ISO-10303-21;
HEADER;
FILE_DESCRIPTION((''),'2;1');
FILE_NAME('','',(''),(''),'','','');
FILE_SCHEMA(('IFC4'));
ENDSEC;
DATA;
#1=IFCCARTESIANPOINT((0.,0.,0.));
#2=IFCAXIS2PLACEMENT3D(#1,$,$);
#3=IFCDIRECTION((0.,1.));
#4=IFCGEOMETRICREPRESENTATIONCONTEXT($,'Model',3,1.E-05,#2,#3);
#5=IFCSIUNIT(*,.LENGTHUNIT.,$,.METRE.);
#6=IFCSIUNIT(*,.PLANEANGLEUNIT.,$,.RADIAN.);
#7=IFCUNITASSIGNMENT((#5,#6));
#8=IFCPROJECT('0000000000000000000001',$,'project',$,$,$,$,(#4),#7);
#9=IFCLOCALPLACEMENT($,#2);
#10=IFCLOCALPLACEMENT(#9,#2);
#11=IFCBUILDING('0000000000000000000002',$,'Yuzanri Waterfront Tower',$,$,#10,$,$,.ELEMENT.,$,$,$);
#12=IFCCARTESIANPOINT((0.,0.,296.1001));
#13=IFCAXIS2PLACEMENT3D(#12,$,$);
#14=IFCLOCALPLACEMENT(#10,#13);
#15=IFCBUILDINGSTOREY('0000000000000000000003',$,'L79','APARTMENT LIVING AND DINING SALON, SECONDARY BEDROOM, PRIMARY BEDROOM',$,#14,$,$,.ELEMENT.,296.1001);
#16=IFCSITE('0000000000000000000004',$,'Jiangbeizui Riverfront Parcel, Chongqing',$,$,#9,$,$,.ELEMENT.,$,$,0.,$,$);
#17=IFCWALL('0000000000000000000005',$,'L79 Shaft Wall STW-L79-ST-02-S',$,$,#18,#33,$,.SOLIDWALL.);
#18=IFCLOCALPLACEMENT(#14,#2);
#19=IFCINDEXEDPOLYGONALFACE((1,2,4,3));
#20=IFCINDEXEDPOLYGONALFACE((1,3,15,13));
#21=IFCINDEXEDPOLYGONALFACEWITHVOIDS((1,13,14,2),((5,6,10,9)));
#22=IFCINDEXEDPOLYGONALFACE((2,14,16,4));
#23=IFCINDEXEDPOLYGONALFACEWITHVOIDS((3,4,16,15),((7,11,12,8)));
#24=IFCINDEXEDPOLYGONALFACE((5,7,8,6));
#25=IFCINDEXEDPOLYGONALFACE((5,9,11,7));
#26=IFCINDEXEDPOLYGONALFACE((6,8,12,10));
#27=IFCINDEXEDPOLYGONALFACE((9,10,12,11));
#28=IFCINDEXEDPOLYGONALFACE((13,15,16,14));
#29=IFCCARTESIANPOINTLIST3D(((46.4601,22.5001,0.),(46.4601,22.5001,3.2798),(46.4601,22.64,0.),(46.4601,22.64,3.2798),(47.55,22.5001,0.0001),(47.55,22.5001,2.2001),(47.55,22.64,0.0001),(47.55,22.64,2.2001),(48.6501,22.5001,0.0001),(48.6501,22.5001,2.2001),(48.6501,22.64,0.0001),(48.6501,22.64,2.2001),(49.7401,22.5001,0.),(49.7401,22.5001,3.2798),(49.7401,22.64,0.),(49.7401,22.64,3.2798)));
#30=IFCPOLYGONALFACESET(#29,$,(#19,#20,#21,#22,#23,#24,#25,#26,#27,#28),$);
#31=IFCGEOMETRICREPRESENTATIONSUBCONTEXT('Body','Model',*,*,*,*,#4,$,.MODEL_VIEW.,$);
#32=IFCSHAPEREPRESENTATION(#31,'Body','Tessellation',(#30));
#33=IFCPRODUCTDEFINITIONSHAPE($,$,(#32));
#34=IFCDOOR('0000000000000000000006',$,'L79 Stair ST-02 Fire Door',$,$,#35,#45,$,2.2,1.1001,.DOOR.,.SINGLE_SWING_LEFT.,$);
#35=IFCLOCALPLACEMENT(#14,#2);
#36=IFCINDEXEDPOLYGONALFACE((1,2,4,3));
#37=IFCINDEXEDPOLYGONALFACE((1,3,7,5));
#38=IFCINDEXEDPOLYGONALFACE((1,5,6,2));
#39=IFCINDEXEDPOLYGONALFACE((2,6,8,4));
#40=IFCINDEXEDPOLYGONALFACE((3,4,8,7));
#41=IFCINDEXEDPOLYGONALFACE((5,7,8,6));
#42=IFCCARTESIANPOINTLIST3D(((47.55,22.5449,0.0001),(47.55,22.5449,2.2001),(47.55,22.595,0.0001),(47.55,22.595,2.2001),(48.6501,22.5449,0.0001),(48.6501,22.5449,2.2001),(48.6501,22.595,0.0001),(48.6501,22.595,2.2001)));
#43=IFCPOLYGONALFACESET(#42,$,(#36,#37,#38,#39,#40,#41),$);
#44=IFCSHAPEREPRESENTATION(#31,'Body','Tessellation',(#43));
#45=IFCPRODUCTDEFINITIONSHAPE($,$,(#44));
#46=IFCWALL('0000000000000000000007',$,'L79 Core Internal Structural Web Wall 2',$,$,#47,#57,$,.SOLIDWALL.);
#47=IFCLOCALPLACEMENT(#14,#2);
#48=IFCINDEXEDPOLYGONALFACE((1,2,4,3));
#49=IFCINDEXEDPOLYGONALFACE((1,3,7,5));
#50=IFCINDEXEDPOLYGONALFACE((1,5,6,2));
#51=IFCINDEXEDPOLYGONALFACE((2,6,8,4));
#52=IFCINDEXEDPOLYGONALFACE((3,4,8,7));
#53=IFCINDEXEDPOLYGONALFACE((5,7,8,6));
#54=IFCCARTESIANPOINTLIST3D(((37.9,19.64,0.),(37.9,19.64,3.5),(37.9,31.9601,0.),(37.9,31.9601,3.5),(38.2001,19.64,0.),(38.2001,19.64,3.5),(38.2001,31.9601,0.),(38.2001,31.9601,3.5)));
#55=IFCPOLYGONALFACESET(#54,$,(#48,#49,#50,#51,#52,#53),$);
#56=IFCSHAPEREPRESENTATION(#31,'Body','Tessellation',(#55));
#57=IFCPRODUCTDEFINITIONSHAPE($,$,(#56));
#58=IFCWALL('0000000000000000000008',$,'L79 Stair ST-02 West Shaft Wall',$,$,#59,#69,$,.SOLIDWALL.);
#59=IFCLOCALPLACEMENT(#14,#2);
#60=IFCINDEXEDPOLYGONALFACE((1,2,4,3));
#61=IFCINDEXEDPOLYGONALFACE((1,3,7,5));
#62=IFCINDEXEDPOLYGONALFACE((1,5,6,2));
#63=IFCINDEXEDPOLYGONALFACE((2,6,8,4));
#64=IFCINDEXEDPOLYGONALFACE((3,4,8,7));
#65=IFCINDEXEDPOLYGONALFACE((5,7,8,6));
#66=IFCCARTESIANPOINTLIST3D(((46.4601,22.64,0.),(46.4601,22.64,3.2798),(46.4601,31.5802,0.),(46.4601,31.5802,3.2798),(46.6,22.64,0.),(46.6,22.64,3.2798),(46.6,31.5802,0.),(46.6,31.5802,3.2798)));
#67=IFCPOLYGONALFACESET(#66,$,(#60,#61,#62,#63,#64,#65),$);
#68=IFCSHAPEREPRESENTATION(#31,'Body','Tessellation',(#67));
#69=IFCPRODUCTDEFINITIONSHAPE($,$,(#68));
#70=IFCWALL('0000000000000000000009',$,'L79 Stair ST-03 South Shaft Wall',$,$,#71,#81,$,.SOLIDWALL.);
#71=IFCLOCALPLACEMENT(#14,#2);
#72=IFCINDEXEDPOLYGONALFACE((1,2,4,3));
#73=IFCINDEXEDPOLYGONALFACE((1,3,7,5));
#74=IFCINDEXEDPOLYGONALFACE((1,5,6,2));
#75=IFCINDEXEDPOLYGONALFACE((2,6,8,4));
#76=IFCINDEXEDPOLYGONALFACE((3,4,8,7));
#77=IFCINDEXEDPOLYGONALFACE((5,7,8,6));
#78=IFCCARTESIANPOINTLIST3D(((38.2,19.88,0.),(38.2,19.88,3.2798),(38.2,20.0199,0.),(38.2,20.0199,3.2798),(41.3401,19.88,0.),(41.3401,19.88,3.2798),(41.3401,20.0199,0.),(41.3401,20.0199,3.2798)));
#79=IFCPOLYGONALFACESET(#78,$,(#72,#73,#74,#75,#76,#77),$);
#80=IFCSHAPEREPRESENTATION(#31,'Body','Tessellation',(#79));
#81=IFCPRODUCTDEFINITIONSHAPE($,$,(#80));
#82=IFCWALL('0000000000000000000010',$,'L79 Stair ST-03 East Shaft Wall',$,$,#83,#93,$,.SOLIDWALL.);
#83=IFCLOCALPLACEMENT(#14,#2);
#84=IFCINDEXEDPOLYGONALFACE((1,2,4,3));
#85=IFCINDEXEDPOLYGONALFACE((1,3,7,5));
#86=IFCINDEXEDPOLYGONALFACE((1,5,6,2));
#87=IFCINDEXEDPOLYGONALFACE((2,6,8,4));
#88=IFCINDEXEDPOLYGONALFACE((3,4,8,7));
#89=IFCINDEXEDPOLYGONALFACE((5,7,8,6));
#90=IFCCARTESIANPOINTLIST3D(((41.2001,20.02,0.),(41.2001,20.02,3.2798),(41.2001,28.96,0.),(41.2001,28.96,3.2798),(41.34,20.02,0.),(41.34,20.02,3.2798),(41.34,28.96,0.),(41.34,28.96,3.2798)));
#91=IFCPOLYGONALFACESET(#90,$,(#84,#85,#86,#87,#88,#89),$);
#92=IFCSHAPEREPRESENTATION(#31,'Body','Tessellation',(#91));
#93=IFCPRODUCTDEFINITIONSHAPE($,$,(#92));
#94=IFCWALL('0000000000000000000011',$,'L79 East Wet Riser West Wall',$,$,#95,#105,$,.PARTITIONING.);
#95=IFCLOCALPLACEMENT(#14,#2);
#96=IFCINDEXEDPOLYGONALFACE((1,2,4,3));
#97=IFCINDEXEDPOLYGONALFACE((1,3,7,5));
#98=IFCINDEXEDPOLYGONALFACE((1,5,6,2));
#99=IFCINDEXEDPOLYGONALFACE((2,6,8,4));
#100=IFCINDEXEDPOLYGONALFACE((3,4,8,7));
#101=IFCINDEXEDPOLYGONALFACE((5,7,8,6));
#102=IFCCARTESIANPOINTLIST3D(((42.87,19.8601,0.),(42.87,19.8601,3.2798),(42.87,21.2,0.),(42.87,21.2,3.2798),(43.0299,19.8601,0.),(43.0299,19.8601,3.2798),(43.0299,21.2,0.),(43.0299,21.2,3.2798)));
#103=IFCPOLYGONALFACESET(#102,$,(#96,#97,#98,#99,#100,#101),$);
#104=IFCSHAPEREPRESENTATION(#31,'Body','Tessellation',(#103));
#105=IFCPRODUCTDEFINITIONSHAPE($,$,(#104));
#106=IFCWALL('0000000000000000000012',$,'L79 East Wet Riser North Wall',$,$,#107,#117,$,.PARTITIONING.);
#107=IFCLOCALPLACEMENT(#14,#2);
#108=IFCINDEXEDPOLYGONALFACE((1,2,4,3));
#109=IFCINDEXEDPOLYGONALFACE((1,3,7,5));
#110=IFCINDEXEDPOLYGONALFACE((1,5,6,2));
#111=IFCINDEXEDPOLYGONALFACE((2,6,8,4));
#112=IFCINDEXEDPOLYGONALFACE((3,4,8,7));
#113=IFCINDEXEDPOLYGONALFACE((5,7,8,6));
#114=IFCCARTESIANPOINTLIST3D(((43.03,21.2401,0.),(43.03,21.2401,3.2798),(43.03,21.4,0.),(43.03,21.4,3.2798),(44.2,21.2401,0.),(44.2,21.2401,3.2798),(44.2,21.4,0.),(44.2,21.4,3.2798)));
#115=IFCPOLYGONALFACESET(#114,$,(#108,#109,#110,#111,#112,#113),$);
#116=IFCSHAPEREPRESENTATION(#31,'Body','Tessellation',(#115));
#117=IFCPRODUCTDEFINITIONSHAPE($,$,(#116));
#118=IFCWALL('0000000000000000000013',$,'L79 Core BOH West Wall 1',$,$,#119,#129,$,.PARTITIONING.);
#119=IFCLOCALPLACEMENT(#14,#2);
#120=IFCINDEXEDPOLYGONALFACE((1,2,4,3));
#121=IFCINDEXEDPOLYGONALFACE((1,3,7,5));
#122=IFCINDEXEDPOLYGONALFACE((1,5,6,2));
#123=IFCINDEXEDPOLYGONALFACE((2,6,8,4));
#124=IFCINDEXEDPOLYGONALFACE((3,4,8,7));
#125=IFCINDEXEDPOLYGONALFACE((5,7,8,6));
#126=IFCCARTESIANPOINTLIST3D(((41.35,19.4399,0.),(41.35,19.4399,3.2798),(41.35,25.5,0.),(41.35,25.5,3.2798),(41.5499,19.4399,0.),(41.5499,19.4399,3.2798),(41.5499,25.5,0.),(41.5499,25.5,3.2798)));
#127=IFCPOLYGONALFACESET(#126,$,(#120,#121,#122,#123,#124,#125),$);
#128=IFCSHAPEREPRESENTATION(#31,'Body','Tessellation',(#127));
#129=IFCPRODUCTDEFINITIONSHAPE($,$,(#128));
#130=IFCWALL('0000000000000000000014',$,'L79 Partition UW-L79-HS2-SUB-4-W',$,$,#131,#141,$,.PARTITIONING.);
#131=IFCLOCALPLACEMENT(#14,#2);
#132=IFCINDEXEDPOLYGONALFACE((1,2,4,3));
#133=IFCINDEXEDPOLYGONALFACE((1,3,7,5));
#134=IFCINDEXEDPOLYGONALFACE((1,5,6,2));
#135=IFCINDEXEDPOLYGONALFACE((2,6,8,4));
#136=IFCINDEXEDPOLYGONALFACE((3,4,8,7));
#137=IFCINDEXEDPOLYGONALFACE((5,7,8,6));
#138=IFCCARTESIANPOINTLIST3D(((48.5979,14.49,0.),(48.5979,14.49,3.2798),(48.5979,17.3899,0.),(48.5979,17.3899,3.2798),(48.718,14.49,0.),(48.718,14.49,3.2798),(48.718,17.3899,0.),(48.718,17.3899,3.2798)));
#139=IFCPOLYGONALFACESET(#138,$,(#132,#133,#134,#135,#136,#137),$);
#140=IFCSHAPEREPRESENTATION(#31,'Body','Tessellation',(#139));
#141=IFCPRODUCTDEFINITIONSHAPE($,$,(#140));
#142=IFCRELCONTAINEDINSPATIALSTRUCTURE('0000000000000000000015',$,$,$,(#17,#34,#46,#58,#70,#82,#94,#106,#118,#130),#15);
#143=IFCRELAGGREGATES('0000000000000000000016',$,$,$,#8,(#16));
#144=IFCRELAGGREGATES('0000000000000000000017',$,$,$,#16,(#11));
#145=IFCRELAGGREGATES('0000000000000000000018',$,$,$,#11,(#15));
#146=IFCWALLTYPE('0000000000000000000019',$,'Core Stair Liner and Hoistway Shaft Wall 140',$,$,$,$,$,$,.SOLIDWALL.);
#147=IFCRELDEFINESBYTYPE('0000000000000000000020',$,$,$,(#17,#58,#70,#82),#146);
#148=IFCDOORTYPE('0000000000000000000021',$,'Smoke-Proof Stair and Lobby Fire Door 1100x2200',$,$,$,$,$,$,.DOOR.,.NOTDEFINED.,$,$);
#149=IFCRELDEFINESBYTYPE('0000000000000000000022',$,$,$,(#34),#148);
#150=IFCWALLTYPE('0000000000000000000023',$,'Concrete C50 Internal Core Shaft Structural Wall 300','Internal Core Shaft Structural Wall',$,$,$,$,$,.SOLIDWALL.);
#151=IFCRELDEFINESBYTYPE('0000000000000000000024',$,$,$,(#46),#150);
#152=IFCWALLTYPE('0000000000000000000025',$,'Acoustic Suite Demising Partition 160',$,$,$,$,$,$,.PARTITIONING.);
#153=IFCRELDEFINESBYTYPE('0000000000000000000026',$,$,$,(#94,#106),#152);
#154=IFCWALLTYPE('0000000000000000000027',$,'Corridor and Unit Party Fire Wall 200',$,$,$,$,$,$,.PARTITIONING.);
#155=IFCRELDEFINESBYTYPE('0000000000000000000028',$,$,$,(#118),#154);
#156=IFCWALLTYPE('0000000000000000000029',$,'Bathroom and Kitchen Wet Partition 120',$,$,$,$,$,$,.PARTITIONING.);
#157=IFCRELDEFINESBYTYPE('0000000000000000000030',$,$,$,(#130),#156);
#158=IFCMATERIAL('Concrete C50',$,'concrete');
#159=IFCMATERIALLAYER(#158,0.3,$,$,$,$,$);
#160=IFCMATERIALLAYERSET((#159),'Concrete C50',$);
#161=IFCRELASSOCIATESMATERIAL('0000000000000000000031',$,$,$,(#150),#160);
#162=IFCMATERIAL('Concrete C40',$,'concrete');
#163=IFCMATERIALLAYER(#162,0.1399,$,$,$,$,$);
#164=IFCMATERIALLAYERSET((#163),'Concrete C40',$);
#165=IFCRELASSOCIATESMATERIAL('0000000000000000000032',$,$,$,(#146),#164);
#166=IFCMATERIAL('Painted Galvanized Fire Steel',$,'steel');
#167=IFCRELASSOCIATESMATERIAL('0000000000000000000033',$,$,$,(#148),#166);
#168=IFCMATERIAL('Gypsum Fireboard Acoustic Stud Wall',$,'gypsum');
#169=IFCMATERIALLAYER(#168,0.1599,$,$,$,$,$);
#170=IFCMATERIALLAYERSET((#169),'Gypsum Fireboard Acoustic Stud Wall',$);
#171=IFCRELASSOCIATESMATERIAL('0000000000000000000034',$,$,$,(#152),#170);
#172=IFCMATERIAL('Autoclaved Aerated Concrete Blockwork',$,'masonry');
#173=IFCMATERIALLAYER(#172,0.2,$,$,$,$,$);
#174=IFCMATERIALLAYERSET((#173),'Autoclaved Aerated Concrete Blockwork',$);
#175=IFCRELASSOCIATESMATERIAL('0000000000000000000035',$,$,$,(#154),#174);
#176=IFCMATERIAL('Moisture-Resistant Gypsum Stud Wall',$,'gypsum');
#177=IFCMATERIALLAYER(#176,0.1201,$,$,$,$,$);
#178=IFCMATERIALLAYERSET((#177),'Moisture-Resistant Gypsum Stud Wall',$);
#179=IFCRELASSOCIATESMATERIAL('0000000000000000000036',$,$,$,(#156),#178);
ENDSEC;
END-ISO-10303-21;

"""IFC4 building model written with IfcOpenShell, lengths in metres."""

from ifc_helpers import new_model, si_unit, direction, frame, frame_2d, origin, place, context, subcontext, project, spatial, rectangle, extrude, source, transform, mapped, material, layer, layer_set, type_object, element, fill, save


model = new_model("IFC4")

# Units and contexts
model_context = context("Model", 3, precision=1e-05, world=origin(), true_north=direction((0.0, 1.0)))
body_context = subcontext(model_context, "Body", "Model", "MODEL_VIEW")
ifc_project = project(units=[si_unit("LENGTHUNIT", "METRE"), si_unit("PLANEANGLEUNIT", "RADIAN")], contexts=[model_context])

# Site, building, storey
site_placement = place(None, origin())
site = spatial("IfcSite", under=ifc_project, at=site_placement, Name="Jiangbeizui Riverfront Parcel, Chongqing", CompositionType="ELEMENT", RefElevation=0.0)
building_placement = place(site_placement, origin())
building = spatial("IfcBuilding", under=site, at=building_placement, Name="Yuzanri Waterfront Tower", CompositionType="ELEMENT")
storey_placement = place(building_placement, frame((0.0, 0.0, 296.1001)))
storey = spatial("IfcBuildingStorey", under=building, at=storey_placement, Name="L79", Description="APARTMENT LIVING AND DINING SALON, SECONDARY BEDROOM, PRIMARY BEDROOM", CompositionType="ELEMENT", Elevation=296.1001)

# Shared definitions
ifc_material_1 = material(Name="Concrete C50", Category="concrete")
ifc_layer_1 = layer(ifc_material_1, 0.3)
ifc_layer_set_1 = layer_set([ifc_layer_1], Name="Concrete C50")
wall_type_1 = type_object("IfcWallType", Name="Concrete C50 Internal Core Shaft Structural Wall 300", Description="Internal Core Shaft Structural Wall", PredefinedType="SOLIDWALL", material=ifc_layer_set_1)

# Wall, opening, door
ifc_material_2 = material(Name="Concrete C40", Category="concrete")
ifc_layer_2 = layer(ifc_material_2, 0.1399)
ifc_layer_set_2 = layer_set([ifc_layer_2], Name="Concrete C40")
wall_type_2 = type_object("IfcWallType", Name="Core Stair Liner and Hoistway Shaft Wall 140", PredefinedType="SOLIDWALL", material=ifc_layer_set_2)
wall_1_placement = place(storey_placement, frame((46.46, 22.5701, 0.0), z_axis=(0.0, 0.0, 1.0), x_axis=(1.0, 0.0, 0.0)))
wall_1 = element("IfcWall", 1, at=wall_1_placement, inside=storey, type_object=wall_type_2, Name="L79 Shaft Wall STW-L79-ST-02-S", PredefinedType="SOLIDWALL", context=body_context, shape_type="SweptSolid", body=[
    extrude(rectangle(XDim=3.28, YDim=0.1399, at=frame_2d((1.6401, 0.0))), origin(), (0.0, 0.0, 1.0), 3.2798),
])
opening_1_placement = place(wall_1_placement, frame((1.0901, 0.0, 0.0)))
opening_1 = element("IfcOpeningElement", 2, at=opening_1_placement, cuts=wall_1, PredefinedType="OPENING", context=body_context, shape_type="SweptSolid", body=[
    extrude(rectangle(XDim=1.1001, YDim=2.2, at=frame_2d((0.55, 1.1001))), frame((0.0, 0.085, 0.0), z_axis=(0.0, -1.0, 0.0), x_axis=(1.0, 0.0, 0.0)), (0.0, 0.0, 1.0), 0.1697),
])
ifc_material_3 = material(Name="Painted Galvanized Fire Steel", Category="steel")
door_type_1 = type_object("IfcDoorType", Name="Smoke-Proof Stair and Lobby Fire Door 1100x2200", OperationType="NOTDEFINED", PredefinedType="DOOR", material=ifc_material_3)
shared_shape_1 = source(origin(), body_context, "Body", "SweptSolid", [
    extrude(rectangle(XDim=1.1001, YDim=2.2, at=frame_2d((0.55, 1.1001))), frame((0.0, 0.0249, 0.0), z_axis=(0.0, -1.0, 0.0), x_axis=(1.0, 0.0, 0.0)), (0.0, 0.0, 1.0), 0.05),
])
door_1_placement = place(opening_1_placement, origin())
door_1 = element("IfcDoor", 3, at=door_1_placement, inside=storey, type_object=door_type_1, Name="L79 Stair ST-02 Fire Door", OperationType="SINGLE_SWING_LEFT", OverallHeight=2.2, OverallWidth=1.1001, PredefinedType="DOOR", context=body_context, shape_type="MappedRepresentation", body=[
    mapped(shared_shape_1, transform((0.0, 0.0, 0.0), scale=1.0)),
])
fill(opening_1, door_1)

# Walls
shared_shape_2 = source(origin(), body_context, "Body", "SweptSolid", [
    extrude(rectangle(XDim=12.3201, YDim=0.3, at=frame_2d((6.1602, 0.0))), origin(), (0.0, 0.0, 1.0), 3.5),
])
wall_2_placement = place(storey_placement, frame((38.05, 19.6399, 0.0), z_axis=(0.0, 0.0, 1.0), x_axis=(0.0, 1.0, 0.0)))
element("IfcWall", 4, at=wall_2_placement, inside=storey, type_object=wall_type_1, Name="L79 Core Internal Structural Web Wall 2", PredefinedType="SOLIDWALL", context=body_context, shape_type="MappedRepresentation", body=[
    mapped(shared_shape_2, transform((0.0, 0.0, 0.0), scale=1.0)),
])
shared_shape_3 = source(origin(), body_context, "Body", "SweptSolid", [
    extrude(rectangle(XDim=8.9402, YDim=0.1399, at=frame_2d((4.4702, 0.0))), origin(), (0.0, 0.0, 1.0), 3.2798),
])
wall_3_placement = place(storey_placement, frame((46.53, 22.6399, 0.0), z_axis=(0.0, 0.0, 1.0), x_axis=(0.0, 1.0, 0.0)))
element("IfcWall", 5, at=wall_3_placement, inside=storey, type_object=wall_type_2, Name="L79 Stair ST-02 West Shaft Wall", PredefinedType="SOLIDWALL", context=body_context, shape_type="MappedRepresentation", body=[
    mapped(shared_shape_3, transform((0.0, 0.0, 0.0), scale=1.0)),
])
shared_shape_4 = source(origin(), body_context, "Body", "SweptSolid", [
    extrude(rectangle(XDim=3.1401, YDim=0.1399, at=frame_2d((1.5701, 0.0))), origin(), (0.0, 0.0, 1.0), 3.2798),
])
wall_4_placement = place(storey_placement, frame((38.2, 19.95, 0.0), z_axis=(0.0, 0.0, 1.0), x_axis=(1.0, 0.0, 0.0)))
element("IfcWall", 6, at=wall_4_placement, inside=storey, type_object=wall_type_2, Name="L79 Stair ST-03 South Shaft Wall", PredefinedType="SOLIDWALL", context=body_context, shape_type="MappedRepresentation", body=[
    mapped(shared_shape_4, transform((0.0, 0.0, 0.0), scale=1.0)),
])
shared_shape_5 = source(origin(), body_context, "Body", "SweptSolid", [
    extrude(rectangle(XDim=8.9399, YDim=0.1399, at=frame_2d((4.47, 0.0))), origin(), (0.0, 0.0, 1.0), 3.2798),
])
wall_5_placement = place(storey_placement, frame((41.27, 20.02, 0.0), z_axis=(0.0, 0.0, 1.0), x_axis=(0.0, 1.0, 0.0)))
element("IfcWall", 7, at=wall_5_placement, inside=storey, type_object=wall_type_2, Name="L79 Stair ST-03 East Shaft Wall", PredefinedType="SOLIDWALL", context=body_context, shape_type="MappedRepresentation", body=[
    mapped(shared_shape_5, transform((0.0, 0.0, 0.0), scale=1.0)),
])
ifc_material_4 = material(Name="Gypsum Fireboard Acoustic Stud Wall", Category="gypsum")
ifc_layer_3 = layer(ifc_material_4, 0.1599)
ifc_layer_set_3 = layer_set([ifc_layer_3], Name="Gypsum Fireboard Acoustic Stud Wall")
wall_type_3 = type_object("IfcWallType", Name="Acoustic Suite Demising Partition 160", PredefinedType="PARTITIONING", material=ifc_layer_set_3)
shared_shape_6 = source(origin(), body_context, "Body", "SweptSolid", [
    extrude(rectangle(XDim=1.3398, YDim=0.1599, at=frame_2d((0.6699, 0.0))), origin(), (0.0, 0.0, 1.0), 3.2798),
])
wall_6_placement = place(storey_placement, frame((42.95, 19.8601, 0.0), z_axis=(0.0, 0.0, 1.0), x_axis=(0.0, 1.0, 0.0)))
element("IfcWall", 8, at=wall_6_placement, inside=storey, type_object=wall_type_3, Name="L79 East Wet Riser West Wall", PredefinedType="PARTITIONING", context=body_context, shape_type="MappedRepresentation", body=[
    mapped(shared_shape_6, transform((0.0, 0.0, 0.0), scale=1.0)),
])
shared_shape_7 = source(origin(), body_context, "Body", "SweptSolid", [
    extrude(rectangle(XDim=1.1699, YDim=0.1599, at=frame_2d((0.585, 0.0))), origin(), (0.0, 0.0, 1.0), 3.2798),
])
wall_7_placement = place(storey_placement, frame((43.03, 21.3201, 0.0), z_axis=(0.0, 0.0, 1.0), x_axis=(1.0, 0.0, 0.0)))
element("IfcWall", 9, at=wall_7_placement, inside=storey, type_object=wall_type_3, Name="L79 East Wet Riser North Wall", PredefinedType="PARTITIONING", context=body_context, shape_type="MappedRepresentation", body=[
    mapped(shared_shape_7, transform((0.0, 0.0, 0.0), scale=1.0)),
])
ifc_material_5 = material(Name="Autoclaved Aerated Concrete Blockwork", Category="masonry")
ifc_layer_4 = layer(ifc_material_5, 0.2)
ifc_layer_set_4 = layer_set([ifc_layer_4], Name="Autoclaved Aerated Concrete Blockwork")
wall_type_4 = type_object("IfcWallType", Name="Corridor and Unit Party Fire Wall 200", PredefinedType="PARTITIONING", material=ifc_layer_set_4)
shared_shape_8 = source(origin(), body_context, "Body", "SweptSolid", [
    extrude(rectangle(XDim=6.0601, YDim=0.2, at=frame_2d((3.03, 0.0))), origin(), (0.0, 0.0, 1.0), 3.2798),
])
wall_8_placement = place(storey_placement, frame((41.45, 19.4399, 0.0), z_axis=(0.0, 0.0, 1.0), x_axis=(0.0, 1.0, 0.0)))
element("IfcWall", 10, at=wall_8_placement, inside=storey, type_object=wall_type_4, Name="L79 Core BOH West Wall 1", PredefinedType="PARTITIONING", context=body_context, shape_type="MappedRepresentation", body=[
    mapped(shared_shape_8, transform((0.0, 0.0, 0.0), scale=1.0)),
])
ifc_material_6 = material(Name="Moisture-Resistant Gypsum Stud Wall", Category="gypsum")
ifc_layer_5 = layer(ifc_material_6, 0.1201)
ifc_layer_set_5 = layer_set([ifc_layer_5], Name="Moisture-Resistant Gypsum Stud Wall")
wall_type_5 = type_object("IfcWallType", Name="Bathroom and Kitchen Wet Partition 120", PredefinedType="PARTITIONING", material=ifc_layer_set_5)
shared_shape_9 = source(origin(), body_context, "Body", "SweptSolid", [
    extrude(rectangle(XDim=2.8999, YDim=0.1201, at=frame_2d((1.45, 0.0))), origin(), (0.0, 0.0, 1.0), 3.2798),
])
wall_9_placement = place(storey_placement, frame((48.658, 14.49, 0.0), z_axis=(0.0, 0.0, 1.0), x_axis=(0.0, 1.0, 0.0)))
element("IfcWall", 11, at=wall_9_placement, inside=storey, type_object=wall_type_5, Name="L79 Partition UW-L79-HS2-SUB-4-W", PredefinedType="PARTITIONING", context=body_context, shape_type="MappedRepresentation", body=[
    mapped(shared_shape_9, transform((0.0, 0.0, 0.0), scale=1.0)),
])

save(model, "model.ifc")
